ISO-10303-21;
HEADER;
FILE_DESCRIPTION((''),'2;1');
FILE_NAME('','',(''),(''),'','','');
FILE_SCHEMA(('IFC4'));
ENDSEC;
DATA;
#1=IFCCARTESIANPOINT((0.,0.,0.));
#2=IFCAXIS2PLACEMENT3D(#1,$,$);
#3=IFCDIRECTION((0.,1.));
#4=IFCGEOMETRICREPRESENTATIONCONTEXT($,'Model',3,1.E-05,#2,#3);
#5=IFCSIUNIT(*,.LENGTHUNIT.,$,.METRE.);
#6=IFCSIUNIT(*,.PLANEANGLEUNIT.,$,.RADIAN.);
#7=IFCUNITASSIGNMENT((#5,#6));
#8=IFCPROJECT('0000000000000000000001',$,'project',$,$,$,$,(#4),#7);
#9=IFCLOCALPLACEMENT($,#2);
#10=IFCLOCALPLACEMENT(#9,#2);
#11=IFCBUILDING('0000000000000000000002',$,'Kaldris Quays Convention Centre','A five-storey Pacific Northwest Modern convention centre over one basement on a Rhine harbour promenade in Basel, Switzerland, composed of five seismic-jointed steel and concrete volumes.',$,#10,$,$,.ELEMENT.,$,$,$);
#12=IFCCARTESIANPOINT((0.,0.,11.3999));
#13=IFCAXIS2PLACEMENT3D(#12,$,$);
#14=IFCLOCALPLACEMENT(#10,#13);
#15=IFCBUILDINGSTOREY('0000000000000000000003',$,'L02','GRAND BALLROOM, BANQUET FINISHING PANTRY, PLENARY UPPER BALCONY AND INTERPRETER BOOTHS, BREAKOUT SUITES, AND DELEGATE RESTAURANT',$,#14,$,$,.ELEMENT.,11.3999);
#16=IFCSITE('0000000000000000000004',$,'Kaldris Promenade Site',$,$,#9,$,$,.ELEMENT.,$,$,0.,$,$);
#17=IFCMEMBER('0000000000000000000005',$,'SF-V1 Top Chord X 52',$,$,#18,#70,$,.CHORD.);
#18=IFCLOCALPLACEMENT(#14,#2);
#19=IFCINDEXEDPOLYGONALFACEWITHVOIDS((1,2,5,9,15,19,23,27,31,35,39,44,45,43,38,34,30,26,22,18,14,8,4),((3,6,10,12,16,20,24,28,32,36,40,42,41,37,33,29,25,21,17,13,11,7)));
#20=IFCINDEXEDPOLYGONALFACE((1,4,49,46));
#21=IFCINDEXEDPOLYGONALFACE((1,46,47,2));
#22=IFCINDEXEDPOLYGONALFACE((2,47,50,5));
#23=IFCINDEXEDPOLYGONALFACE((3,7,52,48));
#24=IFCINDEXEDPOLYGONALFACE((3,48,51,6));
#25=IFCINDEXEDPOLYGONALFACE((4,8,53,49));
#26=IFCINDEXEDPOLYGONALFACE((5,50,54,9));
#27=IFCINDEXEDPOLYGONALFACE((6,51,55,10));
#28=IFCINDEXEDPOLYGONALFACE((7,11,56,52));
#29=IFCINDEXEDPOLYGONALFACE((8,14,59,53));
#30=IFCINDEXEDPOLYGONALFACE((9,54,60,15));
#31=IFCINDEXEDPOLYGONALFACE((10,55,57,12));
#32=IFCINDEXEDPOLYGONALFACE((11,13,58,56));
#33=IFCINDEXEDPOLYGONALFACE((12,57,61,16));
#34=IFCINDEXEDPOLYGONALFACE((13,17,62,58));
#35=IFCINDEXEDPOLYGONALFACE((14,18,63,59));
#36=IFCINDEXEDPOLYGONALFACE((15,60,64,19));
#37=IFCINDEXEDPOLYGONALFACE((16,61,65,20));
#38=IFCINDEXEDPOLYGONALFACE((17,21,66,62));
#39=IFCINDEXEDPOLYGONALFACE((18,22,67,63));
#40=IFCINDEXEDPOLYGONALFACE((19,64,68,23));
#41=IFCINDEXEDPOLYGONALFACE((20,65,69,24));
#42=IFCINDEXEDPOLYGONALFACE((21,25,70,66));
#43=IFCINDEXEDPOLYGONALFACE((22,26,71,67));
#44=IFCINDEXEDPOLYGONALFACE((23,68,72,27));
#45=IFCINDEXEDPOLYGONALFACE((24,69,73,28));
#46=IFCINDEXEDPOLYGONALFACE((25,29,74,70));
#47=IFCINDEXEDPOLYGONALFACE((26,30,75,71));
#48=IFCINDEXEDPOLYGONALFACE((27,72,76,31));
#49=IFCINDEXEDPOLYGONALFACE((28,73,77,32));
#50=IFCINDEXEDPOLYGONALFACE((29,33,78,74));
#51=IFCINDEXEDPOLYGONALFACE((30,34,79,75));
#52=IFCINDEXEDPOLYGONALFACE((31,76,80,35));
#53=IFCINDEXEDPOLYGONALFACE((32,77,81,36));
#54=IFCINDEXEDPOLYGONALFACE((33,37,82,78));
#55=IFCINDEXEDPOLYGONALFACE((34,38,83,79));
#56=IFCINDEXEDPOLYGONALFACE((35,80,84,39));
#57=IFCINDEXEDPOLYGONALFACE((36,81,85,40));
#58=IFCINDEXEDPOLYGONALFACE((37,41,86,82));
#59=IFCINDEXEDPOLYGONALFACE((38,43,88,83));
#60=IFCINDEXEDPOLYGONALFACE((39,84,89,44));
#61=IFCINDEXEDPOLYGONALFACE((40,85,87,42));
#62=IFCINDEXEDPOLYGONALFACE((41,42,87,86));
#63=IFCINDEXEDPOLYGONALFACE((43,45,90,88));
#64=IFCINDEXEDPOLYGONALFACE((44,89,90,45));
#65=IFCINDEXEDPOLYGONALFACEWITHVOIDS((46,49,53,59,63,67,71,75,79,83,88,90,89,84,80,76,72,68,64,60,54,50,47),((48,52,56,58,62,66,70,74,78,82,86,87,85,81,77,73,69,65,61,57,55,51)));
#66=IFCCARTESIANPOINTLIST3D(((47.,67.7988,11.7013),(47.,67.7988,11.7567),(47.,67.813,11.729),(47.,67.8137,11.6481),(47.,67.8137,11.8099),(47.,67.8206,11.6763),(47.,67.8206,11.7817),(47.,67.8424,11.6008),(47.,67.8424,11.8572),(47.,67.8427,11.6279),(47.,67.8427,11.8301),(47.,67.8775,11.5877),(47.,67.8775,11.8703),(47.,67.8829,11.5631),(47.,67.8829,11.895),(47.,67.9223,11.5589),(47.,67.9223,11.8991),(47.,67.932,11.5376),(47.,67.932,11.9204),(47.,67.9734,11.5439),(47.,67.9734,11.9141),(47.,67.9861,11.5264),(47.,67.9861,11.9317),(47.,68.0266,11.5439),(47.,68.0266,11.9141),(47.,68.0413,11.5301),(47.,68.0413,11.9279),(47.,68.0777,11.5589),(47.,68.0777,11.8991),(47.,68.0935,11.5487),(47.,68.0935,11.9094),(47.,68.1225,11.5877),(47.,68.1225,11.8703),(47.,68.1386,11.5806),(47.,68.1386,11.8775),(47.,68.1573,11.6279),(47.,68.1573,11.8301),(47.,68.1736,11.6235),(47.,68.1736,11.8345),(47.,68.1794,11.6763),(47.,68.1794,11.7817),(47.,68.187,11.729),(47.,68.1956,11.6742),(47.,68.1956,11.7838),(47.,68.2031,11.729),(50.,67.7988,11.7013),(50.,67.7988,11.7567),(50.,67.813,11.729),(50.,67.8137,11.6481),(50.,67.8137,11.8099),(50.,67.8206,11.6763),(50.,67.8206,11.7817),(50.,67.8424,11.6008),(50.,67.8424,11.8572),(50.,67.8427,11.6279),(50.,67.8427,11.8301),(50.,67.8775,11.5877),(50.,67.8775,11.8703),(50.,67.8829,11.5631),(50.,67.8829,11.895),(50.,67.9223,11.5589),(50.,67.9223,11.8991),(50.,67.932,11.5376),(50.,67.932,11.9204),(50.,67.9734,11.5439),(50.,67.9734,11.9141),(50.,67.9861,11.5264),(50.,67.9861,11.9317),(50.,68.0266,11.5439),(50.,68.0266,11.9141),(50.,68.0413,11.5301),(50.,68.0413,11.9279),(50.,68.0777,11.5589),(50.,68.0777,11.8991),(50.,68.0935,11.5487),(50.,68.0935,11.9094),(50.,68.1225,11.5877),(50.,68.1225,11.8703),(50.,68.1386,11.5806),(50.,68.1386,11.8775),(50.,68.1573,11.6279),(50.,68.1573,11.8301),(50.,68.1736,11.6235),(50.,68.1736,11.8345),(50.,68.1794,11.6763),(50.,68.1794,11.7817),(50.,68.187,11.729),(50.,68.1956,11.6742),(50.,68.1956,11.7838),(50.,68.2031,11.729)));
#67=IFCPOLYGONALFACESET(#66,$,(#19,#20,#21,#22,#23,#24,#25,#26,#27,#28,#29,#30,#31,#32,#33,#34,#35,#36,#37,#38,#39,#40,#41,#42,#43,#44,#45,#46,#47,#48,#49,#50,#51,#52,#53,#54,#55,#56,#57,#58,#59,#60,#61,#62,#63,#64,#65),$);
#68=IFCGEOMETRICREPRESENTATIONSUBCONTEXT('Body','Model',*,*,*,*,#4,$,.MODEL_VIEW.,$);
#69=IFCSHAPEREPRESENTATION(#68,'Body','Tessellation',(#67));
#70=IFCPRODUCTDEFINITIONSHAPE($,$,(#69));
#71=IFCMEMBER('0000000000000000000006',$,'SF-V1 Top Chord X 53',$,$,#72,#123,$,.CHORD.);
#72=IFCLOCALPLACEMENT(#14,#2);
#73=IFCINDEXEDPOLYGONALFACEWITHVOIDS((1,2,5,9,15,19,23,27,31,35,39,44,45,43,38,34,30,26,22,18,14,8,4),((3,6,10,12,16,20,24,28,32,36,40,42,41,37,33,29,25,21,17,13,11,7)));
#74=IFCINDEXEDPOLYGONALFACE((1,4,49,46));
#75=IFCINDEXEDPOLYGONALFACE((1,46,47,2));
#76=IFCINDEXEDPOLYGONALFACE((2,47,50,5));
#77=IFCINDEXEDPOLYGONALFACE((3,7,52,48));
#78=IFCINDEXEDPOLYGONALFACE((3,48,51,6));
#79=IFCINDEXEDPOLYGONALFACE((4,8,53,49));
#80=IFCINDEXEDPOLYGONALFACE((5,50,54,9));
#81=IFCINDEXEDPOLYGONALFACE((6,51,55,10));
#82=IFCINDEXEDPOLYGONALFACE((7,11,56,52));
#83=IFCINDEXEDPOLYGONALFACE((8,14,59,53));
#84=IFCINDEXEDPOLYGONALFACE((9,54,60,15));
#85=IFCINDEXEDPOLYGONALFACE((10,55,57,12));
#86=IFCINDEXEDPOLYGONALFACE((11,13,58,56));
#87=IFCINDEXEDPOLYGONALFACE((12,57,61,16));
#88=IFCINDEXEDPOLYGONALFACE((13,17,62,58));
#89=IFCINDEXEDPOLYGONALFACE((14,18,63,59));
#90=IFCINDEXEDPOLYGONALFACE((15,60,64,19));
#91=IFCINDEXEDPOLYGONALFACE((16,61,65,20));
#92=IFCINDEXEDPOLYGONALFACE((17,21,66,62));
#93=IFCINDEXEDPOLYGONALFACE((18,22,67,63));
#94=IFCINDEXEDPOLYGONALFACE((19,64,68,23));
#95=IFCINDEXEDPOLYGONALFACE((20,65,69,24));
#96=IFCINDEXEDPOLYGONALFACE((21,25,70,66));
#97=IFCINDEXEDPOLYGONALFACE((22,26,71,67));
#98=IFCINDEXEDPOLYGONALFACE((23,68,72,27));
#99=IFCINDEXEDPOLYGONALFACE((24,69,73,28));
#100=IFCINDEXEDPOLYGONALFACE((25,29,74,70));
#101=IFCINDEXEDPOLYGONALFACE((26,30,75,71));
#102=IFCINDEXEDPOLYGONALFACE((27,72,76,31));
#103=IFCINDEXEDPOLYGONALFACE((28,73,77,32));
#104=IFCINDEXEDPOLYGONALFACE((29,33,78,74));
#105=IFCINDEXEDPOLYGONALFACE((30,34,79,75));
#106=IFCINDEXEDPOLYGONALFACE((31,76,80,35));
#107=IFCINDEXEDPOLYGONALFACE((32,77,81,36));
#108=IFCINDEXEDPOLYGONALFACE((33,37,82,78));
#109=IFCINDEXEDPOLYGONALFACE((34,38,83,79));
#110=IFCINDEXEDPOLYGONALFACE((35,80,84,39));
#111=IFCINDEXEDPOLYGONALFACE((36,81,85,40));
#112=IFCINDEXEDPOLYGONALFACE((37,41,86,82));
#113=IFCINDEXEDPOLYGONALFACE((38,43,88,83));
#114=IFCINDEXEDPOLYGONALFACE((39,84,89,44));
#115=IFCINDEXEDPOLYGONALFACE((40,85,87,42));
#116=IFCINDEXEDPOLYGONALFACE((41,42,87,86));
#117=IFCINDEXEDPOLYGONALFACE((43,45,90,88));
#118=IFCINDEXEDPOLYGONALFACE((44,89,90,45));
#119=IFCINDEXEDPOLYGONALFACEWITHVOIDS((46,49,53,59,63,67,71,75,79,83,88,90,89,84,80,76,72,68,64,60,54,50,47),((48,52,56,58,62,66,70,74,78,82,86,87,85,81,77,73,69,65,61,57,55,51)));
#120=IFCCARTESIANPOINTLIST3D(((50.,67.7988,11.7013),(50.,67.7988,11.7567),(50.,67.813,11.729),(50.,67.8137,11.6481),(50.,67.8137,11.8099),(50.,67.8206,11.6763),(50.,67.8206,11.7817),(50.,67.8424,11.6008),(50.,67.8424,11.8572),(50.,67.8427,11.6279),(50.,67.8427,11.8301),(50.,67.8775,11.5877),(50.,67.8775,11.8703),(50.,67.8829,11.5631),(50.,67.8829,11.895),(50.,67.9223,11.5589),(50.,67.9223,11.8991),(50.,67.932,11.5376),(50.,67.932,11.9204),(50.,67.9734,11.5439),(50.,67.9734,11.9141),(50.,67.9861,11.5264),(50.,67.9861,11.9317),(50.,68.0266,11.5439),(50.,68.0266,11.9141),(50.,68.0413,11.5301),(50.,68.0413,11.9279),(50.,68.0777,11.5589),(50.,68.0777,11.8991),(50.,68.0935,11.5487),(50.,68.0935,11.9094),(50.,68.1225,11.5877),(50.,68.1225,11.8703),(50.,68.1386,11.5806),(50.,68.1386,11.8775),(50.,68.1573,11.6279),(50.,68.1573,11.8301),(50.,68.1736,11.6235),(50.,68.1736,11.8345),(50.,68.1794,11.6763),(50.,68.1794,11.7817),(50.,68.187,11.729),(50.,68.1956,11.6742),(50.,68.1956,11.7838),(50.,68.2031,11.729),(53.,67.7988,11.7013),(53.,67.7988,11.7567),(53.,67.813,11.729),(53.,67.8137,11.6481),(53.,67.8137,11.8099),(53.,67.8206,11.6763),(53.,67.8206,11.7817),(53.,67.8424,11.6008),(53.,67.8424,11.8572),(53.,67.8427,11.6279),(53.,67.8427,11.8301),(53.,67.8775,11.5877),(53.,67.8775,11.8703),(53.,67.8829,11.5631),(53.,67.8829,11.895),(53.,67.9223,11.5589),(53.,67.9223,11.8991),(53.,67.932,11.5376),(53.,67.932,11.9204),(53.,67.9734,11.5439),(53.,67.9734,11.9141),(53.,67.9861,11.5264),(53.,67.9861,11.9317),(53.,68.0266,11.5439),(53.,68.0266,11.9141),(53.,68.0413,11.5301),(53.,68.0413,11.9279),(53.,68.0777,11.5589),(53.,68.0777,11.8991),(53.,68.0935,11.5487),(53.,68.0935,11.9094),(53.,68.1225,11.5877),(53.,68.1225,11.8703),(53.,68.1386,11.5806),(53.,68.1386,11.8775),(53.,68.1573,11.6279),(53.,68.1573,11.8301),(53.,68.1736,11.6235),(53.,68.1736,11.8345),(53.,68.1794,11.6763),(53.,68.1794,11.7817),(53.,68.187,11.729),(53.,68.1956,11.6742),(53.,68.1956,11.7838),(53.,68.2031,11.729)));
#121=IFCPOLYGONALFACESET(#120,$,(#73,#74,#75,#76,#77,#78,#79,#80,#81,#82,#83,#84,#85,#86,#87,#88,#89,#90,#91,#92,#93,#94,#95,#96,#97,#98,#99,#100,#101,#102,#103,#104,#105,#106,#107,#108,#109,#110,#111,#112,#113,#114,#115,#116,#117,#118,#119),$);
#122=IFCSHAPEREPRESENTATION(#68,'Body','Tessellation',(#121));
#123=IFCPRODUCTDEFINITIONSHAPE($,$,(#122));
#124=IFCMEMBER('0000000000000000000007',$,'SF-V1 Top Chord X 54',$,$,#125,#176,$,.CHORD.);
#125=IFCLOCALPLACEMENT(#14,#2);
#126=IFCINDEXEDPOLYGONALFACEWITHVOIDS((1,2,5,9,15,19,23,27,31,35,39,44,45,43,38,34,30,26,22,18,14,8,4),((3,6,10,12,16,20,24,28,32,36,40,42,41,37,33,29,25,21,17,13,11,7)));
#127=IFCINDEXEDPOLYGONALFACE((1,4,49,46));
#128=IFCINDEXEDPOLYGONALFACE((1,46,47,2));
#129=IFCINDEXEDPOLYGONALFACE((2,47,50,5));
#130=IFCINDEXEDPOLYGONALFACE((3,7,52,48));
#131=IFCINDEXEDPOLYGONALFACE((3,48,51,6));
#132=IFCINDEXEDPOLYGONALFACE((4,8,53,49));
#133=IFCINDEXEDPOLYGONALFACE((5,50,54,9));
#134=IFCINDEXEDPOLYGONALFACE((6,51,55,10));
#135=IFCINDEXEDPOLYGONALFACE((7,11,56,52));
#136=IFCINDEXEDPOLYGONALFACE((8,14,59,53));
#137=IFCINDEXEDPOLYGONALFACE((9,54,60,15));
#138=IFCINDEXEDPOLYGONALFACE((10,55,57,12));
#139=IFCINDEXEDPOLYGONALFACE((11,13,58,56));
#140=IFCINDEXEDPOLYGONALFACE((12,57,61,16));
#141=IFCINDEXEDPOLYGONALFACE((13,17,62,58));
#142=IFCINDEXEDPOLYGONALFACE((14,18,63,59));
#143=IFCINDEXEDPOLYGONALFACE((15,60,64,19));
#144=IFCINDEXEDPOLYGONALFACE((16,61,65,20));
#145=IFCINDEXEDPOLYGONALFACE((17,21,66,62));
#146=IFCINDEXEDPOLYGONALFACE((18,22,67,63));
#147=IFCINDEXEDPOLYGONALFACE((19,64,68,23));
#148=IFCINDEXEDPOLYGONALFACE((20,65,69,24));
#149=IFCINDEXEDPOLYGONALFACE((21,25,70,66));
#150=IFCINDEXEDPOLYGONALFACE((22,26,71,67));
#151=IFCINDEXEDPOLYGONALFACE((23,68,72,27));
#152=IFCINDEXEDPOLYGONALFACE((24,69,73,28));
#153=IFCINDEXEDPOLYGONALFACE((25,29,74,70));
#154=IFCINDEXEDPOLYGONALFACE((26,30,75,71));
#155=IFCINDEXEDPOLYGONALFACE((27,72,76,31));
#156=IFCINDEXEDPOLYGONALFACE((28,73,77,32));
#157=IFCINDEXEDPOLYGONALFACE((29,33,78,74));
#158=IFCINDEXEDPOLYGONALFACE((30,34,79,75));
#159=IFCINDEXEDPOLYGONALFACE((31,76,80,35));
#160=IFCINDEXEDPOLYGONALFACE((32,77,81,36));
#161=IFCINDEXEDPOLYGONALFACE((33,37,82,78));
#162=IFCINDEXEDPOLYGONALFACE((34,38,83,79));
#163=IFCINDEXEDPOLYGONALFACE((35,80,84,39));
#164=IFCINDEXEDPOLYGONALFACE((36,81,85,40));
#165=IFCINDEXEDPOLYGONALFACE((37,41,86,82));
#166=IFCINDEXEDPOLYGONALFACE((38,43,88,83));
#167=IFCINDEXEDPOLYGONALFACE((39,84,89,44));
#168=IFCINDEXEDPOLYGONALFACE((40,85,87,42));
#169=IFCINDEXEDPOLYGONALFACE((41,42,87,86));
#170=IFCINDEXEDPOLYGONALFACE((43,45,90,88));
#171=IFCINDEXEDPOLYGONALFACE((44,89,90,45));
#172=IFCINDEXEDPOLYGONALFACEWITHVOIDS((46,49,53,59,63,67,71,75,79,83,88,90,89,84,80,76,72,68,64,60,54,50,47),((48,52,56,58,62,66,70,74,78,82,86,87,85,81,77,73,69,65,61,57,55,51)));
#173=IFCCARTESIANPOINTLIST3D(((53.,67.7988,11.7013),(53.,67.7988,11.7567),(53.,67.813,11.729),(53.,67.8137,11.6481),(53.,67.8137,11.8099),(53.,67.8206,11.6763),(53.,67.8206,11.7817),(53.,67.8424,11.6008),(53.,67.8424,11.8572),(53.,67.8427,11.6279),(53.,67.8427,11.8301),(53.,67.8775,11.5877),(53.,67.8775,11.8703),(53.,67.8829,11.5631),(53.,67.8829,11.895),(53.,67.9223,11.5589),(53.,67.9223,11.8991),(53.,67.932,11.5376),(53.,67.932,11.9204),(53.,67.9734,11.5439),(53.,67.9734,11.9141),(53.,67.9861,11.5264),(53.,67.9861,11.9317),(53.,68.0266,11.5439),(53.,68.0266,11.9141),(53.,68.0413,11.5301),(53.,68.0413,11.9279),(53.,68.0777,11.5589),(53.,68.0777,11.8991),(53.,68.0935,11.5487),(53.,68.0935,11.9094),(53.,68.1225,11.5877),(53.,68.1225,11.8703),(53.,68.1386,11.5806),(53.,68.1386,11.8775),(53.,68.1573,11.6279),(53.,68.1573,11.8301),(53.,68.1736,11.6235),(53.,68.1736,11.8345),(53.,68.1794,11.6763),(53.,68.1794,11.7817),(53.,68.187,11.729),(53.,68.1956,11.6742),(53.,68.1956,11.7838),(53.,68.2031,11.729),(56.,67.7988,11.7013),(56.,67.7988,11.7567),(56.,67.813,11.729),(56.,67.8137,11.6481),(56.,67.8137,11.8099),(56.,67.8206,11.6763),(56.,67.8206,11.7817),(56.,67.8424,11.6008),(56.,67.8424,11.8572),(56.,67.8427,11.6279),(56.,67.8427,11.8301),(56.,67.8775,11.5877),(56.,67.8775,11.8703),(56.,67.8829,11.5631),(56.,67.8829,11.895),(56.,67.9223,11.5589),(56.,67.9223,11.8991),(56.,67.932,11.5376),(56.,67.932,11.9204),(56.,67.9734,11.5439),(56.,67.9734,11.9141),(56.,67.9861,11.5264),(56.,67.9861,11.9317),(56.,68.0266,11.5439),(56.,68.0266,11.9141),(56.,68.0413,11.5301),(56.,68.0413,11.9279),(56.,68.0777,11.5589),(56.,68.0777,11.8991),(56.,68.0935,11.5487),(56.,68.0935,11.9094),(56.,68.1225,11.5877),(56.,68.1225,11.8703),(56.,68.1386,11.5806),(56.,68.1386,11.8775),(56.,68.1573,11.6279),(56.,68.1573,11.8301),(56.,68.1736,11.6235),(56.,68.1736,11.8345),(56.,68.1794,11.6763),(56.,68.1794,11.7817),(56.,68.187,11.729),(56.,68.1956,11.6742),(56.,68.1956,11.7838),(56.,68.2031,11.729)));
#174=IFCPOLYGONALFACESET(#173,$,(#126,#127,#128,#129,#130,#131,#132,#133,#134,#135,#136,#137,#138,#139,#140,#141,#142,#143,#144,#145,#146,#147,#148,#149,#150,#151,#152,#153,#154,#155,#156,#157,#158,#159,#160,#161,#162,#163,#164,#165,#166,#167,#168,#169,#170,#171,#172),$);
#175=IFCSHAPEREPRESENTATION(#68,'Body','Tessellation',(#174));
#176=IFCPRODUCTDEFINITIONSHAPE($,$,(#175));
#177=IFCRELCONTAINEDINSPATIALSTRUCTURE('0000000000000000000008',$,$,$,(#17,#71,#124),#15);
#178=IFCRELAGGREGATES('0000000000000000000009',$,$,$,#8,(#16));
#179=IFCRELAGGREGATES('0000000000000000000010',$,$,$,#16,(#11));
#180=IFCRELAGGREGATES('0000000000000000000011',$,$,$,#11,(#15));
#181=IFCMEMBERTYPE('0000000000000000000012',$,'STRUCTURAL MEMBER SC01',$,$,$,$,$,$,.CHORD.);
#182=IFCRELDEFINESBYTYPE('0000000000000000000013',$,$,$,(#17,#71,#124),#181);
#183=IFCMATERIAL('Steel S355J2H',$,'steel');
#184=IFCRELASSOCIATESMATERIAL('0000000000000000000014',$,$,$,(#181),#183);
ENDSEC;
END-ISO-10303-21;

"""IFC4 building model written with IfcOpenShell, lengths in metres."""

from ifc_helpers import new_model, si_unit, direction, frame, origin, origin_2d, place, context, subcontext, project, spatial, hollow_circle, extrude, material, material_profile, profile_set, type_object, element, save


model = new_model("IFC4")

# Units and contexts
model_context = context("Model", 3, precision=1e-05, world=origin(), true_north=direction((0.0, 1.0)))
body_context = subcontext(model_context, "Body", "Model", "MODEL_VIEW")
ifc_project = project(units=[si_unit("LENGTHUNIT", "METRE"), si_unit("PLANEANGLEUNIT", "RADIAN")], contexts=[model_context])

# Site, building, storey
site_placement = place(None, origin())
site = spatial("IfcSite", under=ifc_project, at=site_placement, Name="Kaldris Promenade Site", CompositionType="ELEMENT", RefElevation=0.0)
building_placement = place(site_placement, origin())
building = spatial("IfcBuilding", under=site, at=building_placement, Name="Kaldris Quays Convention Centre", Description="A five-storey Pacific Northwest Modern convention centre over one basement on a Rhine harbour promenade in Basel, Switzerland, composed of five seismic-jointed steel and concrete volumes.", CompositionType="ELEMENT")
storey_placement = place(building_placement, frame((0.0, 0.0, 11.3999)))
storey = spatial("IfcBuildingStorey", under=building, at=storey_placement, Name="L02", Description="GRAND BALLROOM, BANQUET FINISHING PANTRY, PLENARY UPPER BALCONY AND INTERPRETER BOOTHS, BREAKOUT SUITES, AND DELEGATE RESTAURANT", CompositionType="ELEMENT", Elevation=11.3999)

# Members
ifc_material_1 = material(Name="Steel S355J2H", Category="steel")
ifc_material_profile_1 = material_profile(ifc_material_1, hollow_circle(Radius=0.2031, WallThickness=0.0161, at=origin_2d()), Name="CHS 406.4x16")
ifc_profile_set_1 = profile_set([ifc_material_profile_1], Name="Steel S355J2H")
member_type_1 = type_object("IfcMemberType", Name="STRUCTURAL MEMBER SC01", PredefinedType="CHORD", material=ifc_profile_set_1)
for number, where, z_axis, x_axis, name in (
    (1, (47.0, 68.0, 11.729), (1.0, 0.0, 0.0), (0.0, 1.0, 0.0), "SF-V1 Top Chord X 52"),
    (2, (50.0, 68.0, 11.729), (1.0, 0.0, 0.0), (0.0, 1.0, 0.0), "SF-V1 Top Chord X 53"),
    (3, (53.0, 68.0, 11.729), (1.0, 0.0, 0.0), (0.0, 1.0, 0.0), "SF-V1 Top Chord X 54"),
):
    element("IfcMember", number, at=place(storey_placement, frame(where, z_axis=z_axis, x_axis=x_axis)), inside=storey, type_object=member_type_1, Name=name, PredefinedType="CHORD", context=body_context, shape_type="SweptSolid", body=[
        extrude(hollow_circle(Radius=0.2031, WallThickness=0.0161, at=origin_2d()), origin(), (0.0, 0.0, 1.0), 3.0),
    ])

save(model, "model.ifc")
